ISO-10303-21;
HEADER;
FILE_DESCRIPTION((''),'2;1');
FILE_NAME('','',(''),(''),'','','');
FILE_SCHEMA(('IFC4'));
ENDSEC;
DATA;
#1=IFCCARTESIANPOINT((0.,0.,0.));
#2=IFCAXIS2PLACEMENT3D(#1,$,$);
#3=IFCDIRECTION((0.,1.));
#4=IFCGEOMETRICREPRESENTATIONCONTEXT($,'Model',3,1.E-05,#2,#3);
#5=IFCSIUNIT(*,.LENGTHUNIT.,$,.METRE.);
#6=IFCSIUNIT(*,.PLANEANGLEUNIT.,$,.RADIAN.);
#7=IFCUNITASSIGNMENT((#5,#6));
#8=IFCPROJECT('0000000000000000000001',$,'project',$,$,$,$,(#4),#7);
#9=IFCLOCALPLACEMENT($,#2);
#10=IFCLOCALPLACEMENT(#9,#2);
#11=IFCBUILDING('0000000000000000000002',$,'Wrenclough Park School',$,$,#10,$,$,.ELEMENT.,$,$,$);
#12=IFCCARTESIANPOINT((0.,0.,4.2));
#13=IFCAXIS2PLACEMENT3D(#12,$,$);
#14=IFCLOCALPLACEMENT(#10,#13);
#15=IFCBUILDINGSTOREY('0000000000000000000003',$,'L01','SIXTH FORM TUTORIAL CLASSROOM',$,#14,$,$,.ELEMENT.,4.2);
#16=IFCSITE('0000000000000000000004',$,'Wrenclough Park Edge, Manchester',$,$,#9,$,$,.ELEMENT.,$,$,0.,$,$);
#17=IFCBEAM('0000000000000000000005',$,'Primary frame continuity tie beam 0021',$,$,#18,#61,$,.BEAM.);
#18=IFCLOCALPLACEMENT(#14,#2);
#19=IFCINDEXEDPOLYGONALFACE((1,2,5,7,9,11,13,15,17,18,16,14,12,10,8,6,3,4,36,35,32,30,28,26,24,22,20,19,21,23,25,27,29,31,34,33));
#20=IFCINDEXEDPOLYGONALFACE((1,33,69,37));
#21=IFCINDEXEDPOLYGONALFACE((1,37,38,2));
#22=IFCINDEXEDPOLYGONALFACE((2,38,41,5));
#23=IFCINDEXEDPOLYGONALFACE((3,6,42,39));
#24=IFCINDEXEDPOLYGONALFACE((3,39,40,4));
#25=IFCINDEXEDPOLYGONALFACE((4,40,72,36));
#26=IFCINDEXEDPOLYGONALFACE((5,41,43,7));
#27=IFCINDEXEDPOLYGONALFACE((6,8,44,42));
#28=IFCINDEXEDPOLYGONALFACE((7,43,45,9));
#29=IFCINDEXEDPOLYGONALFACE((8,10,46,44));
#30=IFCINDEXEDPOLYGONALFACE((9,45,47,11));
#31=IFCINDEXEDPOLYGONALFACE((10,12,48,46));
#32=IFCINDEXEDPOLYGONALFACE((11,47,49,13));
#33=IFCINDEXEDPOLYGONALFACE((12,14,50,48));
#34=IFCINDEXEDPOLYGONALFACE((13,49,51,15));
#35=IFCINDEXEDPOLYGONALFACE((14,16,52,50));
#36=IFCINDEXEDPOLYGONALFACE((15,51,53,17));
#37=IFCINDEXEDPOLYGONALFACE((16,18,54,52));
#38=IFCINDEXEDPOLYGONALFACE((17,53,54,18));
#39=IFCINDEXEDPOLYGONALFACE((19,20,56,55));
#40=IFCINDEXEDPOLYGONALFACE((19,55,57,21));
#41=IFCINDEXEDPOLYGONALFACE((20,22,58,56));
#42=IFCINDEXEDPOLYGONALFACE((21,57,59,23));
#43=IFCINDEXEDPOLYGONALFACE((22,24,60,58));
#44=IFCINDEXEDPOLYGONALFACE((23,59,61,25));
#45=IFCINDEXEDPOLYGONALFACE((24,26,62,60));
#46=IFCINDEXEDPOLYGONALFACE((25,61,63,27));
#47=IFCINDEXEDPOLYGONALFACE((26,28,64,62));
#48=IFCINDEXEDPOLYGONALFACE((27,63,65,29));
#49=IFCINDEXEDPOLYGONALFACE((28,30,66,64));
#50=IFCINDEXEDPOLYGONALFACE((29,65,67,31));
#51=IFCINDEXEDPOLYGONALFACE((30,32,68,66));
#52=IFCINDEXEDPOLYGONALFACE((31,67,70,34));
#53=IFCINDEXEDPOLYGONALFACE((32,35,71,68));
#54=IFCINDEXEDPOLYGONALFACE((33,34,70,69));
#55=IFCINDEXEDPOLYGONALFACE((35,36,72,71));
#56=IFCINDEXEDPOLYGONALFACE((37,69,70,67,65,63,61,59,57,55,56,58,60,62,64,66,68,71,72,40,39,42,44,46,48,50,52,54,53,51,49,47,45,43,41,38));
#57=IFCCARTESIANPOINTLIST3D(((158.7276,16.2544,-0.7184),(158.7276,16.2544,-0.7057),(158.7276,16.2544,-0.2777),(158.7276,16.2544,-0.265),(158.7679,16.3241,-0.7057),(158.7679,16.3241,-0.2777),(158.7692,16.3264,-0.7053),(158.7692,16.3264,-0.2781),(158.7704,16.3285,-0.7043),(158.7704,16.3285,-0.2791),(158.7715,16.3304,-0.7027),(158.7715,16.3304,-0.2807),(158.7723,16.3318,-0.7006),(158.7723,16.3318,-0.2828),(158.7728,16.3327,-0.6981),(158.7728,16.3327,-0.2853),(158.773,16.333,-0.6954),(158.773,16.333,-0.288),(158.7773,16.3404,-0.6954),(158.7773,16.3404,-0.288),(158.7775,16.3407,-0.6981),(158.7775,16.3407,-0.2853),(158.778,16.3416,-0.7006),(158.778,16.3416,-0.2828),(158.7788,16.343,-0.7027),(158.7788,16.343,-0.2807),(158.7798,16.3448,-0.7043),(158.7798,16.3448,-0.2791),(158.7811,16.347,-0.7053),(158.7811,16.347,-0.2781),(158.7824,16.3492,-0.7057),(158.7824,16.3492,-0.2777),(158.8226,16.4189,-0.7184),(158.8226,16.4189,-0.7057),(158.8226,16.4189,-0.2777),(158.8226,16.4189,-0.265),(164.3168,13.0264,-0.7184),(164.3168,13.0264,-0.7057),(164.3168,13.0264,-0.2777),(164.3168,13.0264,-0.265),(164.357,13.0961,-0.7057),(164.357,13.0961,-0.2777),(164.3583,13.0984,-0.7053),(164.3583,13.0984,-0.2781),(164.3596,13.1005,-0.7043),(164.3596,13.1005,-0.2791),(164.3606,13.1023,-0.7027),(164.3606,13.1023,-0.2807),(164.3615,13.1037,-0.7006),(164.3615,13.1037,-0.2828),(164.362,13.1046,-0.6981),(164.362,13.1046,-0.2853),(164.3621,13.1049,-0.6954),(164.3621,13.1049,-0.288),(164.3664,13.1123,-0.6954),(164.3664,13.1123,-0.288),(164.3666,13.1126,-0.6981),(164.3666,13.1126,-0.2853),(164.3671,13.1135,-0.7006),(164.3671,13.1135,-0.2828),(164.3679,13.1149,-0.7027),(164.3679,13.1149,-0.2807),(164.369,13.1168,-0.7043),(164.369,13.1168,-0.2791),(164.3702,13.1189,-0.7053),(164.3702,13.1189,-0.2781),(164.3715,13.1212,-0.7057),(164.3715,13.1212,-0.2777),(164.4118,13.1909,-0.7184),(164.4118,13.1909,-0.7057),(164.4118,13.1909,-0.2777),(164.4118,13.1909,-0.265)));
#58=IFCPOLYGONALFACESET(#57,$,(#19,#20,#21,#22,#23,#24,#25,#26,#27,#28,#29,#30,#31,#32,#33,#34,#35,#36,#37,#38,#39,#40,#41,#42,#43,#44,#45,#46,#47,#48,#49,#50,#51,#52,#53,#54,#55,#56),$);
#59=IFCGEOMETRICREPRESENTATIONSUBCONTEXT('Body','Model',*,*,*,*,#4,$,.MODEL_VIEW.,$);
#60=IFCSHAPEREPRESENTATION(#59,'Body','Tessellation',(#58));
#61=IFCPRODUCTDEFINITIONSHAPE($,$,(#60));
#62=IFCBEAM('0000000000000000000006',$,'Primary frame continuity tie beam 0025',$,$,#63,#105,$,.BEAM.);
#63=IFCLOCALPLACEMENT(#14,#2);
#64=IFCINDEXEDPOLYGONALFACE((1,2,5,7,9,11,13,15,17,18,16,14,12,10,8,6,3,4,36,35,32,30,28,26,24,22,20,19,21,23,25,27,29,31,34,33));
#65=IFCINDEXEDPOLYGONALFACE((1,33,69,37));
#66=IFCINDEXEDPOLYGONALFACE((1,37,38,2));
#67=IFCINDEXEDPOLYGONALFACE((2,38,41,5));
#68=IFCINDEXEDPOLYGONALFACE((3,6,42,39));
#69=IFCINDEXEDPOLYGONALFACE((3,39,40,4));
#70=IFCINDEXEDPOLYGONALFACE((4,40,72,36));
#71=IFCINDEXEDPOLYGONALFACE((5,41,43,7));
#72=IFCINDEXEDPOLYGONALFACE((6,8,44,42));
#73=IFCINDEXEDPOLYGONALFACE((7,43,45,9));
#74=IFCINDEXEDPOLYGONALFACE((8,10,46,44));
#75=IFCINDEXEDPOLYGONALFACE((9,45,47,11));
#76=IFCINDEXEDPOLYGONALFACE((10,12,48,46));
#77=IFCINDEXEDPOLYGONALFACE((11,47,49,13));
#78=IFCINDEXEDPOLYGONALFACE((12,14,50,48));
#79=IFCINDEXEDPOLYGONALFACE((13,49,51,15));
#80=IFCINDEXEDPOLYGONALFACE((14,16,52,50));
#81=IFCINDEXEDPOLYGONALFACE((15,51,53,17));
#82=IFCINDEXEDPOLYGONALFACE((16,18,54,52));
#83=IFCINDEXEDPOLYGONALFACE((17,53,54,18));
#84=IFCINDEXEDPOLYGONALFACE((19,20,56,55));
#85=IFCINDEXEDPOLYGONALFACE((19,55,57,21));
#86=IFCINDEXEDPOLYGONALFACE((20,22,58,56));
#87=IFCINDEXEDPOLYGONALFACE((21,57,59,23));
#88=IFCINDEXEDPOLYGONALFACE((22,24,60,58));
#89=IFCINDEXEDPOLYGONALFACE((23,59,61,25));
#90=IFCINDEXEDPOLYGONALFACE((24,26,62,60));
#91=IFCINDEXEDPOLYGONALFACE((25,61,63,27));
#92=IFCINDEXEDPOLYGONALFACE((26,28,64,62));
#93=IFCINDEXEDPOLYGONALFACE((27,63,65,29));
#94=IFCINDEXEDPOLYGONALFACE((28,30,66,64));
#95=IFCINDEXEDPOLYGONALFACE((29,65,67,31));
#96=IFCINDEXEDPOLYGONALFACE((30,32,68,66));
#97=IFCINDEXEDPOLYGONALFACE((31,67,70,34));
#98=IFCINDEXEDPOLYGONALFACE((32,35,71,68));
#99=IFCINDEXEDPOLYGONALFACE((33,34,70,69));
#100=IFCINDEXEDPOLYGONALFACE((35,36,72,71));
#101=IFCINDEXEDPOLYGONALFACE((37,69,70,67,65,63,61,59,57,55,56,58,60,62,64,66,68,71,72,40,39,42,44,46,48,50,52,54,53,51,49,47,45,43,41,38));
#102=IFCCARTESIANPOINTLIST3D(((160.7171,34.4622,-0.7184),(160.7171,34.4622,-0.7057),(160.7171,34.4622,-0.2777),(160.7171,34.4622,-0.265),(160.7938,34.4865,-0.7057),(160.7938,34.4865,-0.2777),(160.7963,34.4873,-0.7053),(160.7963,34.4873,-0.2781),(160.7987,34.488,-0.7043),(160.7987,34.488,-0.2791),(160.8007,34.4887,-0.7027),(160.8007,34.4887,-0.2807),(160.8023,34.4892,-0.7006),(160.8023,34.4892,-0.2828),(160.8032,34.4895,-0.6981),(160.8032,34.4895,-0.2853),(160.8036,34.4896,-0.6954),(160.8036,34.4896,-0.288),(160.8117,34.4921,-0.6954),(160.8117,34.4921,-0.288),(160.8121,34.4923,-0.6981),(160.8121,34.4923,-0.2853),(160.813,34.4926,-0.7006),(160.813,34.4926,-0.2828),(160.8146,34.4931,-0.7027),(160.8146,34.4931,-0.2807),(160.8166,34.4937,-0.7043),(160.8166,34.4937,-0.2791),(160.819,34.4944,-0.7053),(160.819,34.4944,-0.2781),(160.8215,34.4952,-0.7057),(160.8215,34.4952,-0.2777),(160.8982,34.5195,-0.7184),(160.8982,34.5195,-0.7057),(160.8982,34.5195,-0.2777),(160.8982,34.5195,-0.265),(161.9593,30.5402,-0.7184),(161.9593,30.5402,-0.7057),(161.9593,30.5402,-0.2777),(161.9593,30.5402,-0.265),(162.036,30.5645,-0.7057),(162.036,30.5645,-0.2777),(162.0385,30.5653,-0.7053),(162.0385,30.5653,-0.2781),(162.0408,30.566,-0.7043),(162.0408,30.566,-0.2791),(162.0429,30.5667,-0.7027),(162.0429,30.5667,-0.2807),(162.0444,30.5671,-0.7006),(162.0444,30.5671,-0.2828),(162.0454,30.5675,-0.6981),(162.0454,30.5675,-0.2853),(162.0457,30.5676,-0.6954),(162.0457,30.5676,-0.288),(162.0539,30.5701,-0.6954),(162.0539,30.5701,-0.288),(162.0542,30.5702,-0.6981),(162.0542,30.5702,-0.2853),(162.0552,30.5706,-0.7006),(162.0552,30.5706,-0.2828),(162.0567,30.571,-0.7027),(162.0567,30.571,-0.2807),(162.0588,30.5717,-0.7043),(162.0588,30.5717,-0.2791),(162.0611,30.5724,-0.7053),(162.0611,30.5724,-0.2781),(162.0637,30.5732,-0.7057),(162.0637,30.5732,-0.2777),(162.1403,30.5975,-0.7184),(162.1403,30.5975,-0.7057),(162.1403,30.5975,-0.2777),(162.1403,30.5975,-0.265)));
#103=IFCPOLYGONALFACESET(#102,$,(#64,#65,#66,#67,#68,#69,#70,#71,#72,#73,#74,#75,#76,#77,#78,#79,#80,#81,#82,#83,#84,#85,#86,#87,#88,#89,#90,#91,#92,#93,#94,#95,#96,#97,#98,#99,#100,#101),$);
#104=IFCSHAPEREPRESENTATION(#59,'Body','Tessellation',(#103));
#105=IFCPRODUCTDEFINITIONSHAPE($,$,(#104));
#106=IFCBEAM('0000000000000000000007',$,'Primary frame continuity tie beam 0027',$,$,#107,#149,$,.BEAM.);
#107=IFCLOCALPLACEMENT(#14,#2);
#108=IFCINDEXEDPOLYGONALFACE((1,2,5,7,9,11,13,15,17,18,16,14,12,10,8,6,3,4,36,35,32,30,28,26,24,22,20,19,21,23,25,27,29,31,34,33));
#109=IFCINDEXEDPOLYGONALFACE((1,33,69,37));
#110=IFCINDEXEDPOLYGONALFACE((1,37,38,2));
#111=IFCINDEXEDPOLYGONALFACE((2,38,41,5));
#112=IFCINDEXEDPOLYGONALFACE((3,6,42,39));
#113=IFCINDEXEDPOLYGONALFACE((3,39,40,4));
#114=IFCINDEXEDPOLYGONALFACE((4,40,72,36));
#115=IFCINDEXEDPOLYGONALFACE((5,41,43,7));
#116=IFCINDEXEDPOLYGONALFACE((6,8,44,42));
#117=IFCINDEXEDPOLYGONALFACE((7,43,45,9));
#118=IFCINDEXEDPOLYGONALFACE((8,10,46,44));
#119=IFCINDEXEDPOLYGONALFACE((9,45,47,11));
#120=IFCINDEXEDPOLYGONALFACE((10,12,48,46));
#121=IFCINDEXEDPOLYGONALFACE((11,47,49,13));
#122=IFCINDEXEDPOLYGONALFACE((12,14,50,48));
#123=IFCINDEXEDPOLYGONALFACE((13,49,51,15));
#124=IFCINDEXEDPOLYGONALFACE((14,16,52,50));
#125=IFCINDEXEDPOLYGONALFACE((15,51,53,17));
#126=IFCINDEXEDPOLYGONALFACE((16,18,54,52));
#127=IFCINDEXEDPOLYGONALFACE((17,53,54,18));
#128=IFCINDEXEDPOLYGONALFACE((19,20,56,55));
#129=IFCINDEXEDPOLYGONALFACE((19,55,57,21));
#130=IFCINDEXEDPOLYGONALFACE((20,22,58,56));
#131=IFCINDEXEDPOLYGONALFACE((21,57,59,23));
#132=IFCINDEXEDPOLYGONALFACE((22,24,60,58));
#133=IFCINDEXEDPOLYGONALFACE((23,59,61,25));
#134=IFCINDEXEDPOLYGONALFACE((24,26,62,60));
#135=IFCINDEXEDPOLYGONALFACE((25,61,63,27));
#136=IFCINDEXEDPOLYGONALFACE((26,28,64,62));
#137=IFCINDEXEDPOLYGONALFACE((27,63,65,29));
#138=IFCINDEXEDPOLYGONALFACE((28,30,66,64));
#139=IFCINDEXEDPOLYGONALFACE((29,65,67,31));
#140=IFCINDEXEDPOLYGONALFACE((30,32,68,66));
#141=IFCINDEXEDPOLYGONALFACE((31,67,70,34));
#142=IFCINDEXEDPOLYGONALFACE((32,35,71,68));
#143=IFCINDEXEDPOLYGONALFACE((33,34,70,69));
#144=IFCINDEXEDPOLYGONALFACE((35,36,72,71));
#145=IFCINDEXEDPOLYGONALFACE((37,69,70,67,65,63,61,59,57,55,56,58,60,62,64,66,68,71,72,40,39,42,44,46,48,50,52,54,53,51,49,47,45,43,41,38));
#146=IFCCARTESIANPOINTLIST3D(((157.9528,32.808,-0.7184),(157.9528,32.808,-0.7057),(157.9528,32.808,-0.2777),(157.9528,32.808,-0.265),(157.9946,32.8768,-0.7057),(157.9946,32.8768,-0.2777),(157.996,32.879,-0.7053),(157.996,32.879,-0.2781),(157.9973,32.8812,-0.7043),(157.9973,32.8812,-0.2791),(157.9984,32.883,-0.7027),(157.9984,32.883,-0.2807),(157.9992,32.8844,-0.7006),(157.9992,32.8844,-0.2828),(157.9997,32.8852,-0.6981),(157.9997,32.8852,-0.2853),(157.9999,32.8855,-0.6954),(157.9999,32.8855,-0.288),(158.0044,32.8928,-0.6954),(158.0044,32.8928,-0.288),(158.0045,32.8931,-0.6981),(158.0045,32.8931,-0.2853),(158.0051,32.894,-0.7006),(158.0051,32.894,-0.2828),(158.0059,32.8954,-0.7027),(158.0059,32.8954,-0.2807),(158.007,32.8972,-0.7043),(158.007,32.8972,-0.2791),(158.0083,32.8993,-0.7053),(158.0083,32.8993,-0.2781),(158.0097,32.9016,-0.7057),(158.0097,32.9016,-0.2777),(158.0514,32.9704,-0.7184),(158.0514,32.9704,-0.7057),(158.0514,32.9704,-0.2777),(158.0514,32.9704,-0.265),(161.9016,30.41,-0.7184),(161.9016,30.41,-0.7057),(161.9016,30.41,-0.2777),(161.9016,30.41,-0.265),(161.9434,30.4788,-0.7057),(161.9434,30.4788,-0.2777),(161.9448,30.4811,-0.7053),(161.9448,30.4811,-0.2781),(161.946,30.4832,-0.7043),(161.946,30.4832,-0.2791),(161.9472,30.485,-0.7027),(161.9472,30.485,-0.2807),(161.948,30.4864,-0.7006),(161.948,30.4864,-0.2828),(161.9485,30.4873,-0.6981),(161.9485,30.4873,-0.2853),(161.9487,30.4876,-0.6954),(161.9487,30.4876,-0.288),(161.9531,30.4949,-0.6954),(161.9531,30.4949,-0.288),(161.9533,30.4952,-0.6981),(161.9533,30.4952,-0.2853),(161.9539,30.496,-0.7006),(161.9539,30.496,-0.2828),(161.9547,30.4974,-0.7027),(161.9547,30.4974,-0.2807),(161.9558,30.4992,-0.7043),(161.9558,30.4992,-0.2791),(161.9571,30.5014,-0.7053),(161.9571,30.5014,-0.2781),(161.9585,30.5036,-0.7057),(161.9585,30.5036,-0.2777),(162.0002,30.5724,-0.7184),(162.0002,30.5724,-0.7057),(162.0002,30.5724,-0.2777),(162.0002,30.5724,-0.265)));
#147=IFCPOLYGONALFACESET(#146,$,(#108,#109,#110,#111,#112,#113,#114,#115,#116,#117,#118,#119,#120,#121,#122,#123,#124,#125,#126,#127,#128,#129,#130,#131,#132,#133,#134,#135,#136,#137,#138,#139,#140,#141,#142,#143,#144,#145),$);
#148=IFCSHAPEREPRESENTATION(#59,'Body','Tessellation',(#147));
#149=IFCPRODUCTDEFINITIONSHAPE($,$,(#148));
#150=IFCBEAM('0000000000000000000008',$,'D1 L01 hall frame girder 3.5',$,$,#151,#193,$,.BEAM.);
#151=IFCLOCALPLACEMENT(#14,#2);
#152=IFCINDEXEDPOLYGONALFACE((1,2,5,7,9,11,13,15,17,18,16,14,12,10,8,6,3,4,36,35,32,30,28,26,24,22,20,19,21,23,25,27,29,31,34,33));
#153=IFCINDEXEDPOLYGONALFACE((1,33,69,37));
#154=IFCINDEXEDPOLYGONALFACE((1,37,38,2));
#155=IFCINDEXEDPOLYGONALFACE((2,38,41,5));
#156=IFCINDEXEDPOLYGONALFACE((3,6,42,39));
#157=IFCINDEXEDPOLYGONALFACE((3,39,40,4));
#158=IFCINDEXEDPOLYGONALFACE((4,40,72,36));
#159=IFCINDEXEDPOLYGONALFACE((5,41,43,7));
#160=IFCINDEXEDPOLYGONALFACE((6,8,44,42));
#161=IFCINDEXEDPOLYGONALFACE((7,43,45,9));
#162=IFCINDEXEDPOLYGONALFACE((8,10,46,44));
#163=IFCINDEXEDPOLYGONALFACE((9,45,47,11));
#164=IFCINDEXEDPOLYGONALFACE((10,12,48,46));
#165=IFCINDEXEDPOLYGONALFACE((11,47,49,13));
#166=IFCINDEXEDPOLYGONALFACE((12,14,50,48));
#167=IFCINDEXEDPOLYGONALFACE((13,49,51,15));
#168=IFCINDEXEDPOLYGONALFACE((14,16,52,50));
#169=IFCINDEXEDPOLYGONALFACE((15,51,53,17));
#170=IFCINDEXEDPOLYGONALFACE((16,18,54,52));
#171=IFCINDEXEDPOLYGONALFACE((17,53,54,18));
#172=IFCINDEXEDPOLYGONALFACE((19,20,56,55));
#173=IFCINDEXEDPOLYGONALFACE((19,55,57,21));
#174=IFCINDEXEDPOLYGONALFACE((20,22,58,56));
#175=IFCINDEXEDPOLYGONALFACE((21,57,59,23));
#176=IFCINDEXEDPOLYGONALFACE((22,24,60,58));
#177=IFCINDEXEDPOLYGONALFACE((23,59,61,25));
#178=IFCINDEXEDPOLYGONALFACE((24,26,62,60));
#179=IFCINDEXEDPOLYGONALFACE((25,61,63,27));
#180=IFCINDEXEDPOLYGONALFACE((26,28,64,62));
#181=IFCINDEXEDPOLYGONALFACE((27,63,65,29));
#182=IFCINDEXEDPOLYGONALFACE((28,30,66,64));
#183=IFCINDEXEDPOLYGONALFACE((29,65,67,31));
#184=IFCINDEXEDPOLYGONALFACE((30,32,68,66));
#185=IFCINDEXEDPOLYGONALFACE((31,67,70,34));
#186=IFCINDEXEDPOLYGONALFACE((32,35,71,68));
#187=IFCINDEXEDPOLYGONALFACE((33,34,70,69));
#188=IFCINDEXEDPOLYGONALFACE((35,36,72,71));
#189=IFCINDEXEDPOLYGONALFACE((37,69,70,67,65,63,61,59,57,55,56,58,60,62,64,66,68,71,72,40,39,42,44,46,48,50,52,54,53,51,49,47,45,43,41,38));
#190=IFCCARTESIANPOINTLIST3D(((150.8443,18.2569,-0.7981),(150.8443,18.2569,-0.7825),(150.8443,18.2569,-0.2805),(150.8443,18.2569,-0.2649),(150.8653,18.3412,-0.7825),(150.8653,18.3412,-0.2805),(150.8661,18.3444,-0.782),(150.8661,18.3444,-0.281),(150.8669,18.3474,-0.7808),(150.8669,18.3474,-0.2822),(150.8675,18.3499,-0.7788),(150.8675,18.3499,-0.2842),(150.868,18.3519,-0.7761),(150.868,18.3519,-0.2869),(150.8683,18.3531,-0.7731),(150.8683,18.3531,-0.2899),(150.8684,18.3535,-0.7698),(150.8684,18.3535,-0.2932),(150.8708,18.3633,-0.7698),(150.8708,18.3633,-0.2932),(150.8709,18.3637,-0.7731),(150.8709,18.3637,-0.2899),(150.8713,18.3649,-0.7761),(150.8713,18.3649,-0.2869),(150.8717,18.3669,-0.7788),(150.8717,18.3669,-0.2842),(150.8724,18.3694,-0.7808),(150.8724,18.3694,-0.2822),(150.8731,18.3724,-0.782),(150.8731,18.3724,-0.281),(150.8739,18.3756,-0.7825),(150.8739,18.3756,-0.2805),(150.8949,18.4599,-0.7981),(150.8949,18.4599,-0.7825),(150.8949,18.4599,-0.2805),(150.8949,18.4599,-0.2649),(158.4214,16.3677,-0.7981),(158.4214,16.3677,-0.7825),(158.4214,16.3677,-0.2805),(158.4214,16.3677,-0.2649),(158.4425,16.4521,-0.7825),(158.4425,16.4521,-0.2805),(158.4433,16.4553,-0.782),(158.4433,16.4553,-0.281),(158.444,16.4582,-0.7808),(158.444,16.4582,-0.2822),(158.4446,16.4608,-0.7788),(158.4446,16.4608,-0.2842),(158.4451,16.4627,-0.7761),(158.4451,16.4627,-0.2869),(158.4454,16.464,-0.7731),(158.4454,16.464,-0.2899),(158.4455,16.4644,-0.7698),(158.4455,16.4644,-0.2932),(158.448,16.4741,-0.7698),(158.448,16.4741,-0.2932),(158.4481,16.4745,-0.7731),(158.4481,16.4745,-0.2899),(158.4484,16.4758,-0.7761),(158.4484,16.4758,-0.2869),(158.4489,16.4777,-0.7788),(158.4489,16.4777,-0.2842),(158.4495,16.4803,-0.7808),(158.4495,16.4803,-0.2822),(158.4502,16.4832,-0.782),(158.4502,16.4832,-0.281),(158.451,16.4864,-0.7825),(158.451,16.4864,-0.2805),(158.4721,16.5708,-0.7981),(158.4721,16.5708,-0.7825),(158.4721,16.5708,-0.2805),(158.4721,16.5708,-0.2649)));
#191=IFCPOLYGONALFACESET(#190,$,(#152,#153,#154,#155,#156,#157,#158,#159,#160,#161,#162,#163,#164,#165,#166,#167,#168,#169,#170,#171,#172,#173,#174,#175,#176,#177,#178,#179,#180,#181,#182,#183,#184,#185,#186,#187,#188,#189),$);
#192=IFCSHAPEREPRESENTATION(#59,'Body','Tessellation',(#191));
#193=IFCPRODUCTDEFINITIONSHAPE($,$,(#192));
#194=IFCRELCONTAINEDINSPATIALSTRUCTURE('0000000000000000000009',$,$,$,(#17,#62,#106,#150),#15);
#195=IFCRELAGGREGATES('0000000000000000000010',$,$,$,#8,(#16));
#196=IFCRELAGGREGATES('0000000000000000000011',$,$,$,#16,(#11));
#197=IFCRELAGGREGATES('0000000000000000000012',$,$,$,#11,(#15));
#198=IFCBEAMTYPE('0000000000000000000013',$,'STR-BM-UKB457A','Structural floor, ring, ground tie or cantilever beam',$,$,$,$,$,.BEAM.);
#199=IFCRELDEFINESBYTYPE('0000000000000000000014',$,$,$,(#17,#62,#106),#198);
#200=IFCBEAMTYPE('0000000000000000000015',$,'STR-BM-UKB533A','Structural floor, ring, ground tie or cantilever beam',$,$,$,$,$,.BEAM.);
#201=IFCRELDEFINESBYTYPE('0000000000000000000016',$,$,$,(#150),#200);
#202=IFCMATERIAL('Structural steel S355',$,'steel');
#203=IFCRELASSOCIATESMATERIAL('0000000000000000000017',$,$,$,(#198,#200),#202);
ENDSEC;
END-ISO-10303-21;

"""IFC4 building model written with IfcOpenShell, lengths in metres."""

from ifc_helpers import new_model, si_unit, direction, frame, origin, origin_2d, place, context, subcontext, project, spatial, i_section, extrude, material, material_profile, profile_set, type_object, element, save


model = new_model("IFC4")

# Units and contexts
model_context = context("Model", 3, precision=1e-05, world=origin(), true_north=direction((0.0, 1.0)))
body_context = subcontext(model_context, "Body", "Model", "MODEL_VIEW")
ifc_project = project(units=[si_unit("LENGTHUNIT", "METRE"), si_unit("PLANEANGLEUNIT", "RADIAN")], contexts=[model_context])

# Site, building, storey
site_placement = place(None, origin())
site = spatial("IfcSite", under=ifc_project, at=site_placement, Name="Wrenclough Park Edge, Manchester", CompositionType="ELEMENT", RefElevation=0.0)
building_placement = place(site_placement, origin())
building = spatial("IfcBuilding", under=site, at=building_placement, Name="Wrenclough Park School", CompositionType="ELEMENT")
storey_placement = place(building_placement, frame((0.0, 0.0, 4.2)))
storey = spatial("IfcBuildingStorey", under=building, at=storey_placement, Name="L01", Description="SIXTH FORM TUTORIAL CLASSROOM", CompositionType="ELEMENT", Elevation=4.2)

# Shared definitions
ifc_material_1 = material(Name="Structural steel S355", Category="steel")

# Beams
ifc_material_profile_1 = material_profile(ifc_material_1, i_section(OverallWidth=0.1899, OverallDepth=0.4534, WebThickness=0.0085, FlangeThickness=0.0127, FilletRadius=0.0103, at=origin_2d()), Name="UKB 457x191x67")
ifc_profile_set_1 = profile_set([ifc_material_profile_1], Name="Structural steel S355")
beam_type_1 = type_object("IfcBeamType", Name="STR-BM-UKB457A", Description="Structural floor, ring, ground tie or cantilever beam", PredefinedType="BEAM", material=ifc_profile_set_1)
beam_1_placement = place(storey_placement, frame((158.7751, 16.3367, -0.4917), z_axis=(0.865948, -0.500134, 0.0), x_axis=(0.500134, 0.865948, 0.0)))
element("IfcBeam", 1, at=beam_1_placement, inside=storey, type_object=beam_type_1, Name="Primary frame continuity tie beam 0021", PredefinedType="BEAM", context=body_context, shape_type="SweptSolid", body=[
    extrude(i_section(OverallWidth=0.1899, OverallDepth=0.4534, WebThickness=0.0085, FlangeThickness=0.0127, FilletRadius=0.0103, at=origin_2d()), origin(), (0.0, 0.0, 1.0), 6.4543),
])
beam_2_placement = place(storey_placement, frame((162.0498, 30.5688, -0.4917), z_axis=(-0.301932, 0.953329, 0.0), x_axis=(-0.953329, -0.301932, 0.0)))
element("IfcBeam", 2, at=beam_2_placement, inside=storey, type_object=beam_type_1, Name="Primary frame continuity tie beam 0025", PredefinedType="BEAM", context=body_context, shape_type="SweptSolid", body=[
    extrude(i_section(OverallWidth=0.1899, OverallDepth=0.4534, WebThickness=0.0085, FlangeThickness=0.0127, FilletRadius=0.0103, at=origin_2d()), origin(), (0.0, 0.0, 1.0), 4.114),
])
beam_3_placement = place(storey_placement, frame((161.9509, 30.4912, -0.4917), z_axis=(-0.854739, 0.519058, 0.0), x_axis=(-0.519058, -0.854739, 0.0)))
element("IfcBeam", 3, at=beam_3_placement, inside=storey, type_object=beam_type_1, Name="Primary frame continuity tie beam 0027", PredefinedType="BEAM", context=body_context, shape_type="SweptSolid", body=[
    extrude(i_section(OverallWidth=0.1899, OverallDepth=0.4534, WebThickness=0.0085, FlangeThickness=0.0127, FilletRadius=0.0103, at=origin_2d()), origin(), (0.0, 0.0, 1.0), 4.6199),
])
ifc_material_profile_2 = material_profile(ifc_material_1, i_section(OverallWidth=0.2092, OverallDepth=0.5332, WebThickness=0.01, FlangeThickness=0.0156, FilletRadius=0.0127, at=origin_2d()), Name="UKB 533x210x92")
ifc_profile_set_2 = profile_set([ifc_material_profile_2], Name="Structural steel S355")
beam_type_2 = type_object("IfcBeamType", Name="STR-BM-UKB533A", Description="Structural floor, ring, ground tie or cantilever beam", PredefinedType="BEAM", material=ifc_profile_set_2)
for number, where, z_axis, x_axis, name in (
    (4, (150.8696, 18.3584, -0.5315), (0.970297, -0.241918, 0.0), (0.241918, 0.970297, 0.0), "D1 L01 hall frame girder 3.5"),
):
    element("IfcBeam", number, at=place(storey_placement, frame(where, z_axis=z_axis, x_axis=x_axis)), inside=storey, type_object=beam_type_2, Name=name, PredefinedType="BEAM", context=body_context, shape_type="SweptSolid", body=[
        extrude(i_section(OverallWidth=0.2092, OverallDepth=0.5332, WebThickness=0.01, FlangeThickness=0.0156, FilletRadius=0.0127, at=origin_2d()), origin(), (0.0, 0.0, 1.0), 7.8091),
    ])

save(model, "model.ifc")
